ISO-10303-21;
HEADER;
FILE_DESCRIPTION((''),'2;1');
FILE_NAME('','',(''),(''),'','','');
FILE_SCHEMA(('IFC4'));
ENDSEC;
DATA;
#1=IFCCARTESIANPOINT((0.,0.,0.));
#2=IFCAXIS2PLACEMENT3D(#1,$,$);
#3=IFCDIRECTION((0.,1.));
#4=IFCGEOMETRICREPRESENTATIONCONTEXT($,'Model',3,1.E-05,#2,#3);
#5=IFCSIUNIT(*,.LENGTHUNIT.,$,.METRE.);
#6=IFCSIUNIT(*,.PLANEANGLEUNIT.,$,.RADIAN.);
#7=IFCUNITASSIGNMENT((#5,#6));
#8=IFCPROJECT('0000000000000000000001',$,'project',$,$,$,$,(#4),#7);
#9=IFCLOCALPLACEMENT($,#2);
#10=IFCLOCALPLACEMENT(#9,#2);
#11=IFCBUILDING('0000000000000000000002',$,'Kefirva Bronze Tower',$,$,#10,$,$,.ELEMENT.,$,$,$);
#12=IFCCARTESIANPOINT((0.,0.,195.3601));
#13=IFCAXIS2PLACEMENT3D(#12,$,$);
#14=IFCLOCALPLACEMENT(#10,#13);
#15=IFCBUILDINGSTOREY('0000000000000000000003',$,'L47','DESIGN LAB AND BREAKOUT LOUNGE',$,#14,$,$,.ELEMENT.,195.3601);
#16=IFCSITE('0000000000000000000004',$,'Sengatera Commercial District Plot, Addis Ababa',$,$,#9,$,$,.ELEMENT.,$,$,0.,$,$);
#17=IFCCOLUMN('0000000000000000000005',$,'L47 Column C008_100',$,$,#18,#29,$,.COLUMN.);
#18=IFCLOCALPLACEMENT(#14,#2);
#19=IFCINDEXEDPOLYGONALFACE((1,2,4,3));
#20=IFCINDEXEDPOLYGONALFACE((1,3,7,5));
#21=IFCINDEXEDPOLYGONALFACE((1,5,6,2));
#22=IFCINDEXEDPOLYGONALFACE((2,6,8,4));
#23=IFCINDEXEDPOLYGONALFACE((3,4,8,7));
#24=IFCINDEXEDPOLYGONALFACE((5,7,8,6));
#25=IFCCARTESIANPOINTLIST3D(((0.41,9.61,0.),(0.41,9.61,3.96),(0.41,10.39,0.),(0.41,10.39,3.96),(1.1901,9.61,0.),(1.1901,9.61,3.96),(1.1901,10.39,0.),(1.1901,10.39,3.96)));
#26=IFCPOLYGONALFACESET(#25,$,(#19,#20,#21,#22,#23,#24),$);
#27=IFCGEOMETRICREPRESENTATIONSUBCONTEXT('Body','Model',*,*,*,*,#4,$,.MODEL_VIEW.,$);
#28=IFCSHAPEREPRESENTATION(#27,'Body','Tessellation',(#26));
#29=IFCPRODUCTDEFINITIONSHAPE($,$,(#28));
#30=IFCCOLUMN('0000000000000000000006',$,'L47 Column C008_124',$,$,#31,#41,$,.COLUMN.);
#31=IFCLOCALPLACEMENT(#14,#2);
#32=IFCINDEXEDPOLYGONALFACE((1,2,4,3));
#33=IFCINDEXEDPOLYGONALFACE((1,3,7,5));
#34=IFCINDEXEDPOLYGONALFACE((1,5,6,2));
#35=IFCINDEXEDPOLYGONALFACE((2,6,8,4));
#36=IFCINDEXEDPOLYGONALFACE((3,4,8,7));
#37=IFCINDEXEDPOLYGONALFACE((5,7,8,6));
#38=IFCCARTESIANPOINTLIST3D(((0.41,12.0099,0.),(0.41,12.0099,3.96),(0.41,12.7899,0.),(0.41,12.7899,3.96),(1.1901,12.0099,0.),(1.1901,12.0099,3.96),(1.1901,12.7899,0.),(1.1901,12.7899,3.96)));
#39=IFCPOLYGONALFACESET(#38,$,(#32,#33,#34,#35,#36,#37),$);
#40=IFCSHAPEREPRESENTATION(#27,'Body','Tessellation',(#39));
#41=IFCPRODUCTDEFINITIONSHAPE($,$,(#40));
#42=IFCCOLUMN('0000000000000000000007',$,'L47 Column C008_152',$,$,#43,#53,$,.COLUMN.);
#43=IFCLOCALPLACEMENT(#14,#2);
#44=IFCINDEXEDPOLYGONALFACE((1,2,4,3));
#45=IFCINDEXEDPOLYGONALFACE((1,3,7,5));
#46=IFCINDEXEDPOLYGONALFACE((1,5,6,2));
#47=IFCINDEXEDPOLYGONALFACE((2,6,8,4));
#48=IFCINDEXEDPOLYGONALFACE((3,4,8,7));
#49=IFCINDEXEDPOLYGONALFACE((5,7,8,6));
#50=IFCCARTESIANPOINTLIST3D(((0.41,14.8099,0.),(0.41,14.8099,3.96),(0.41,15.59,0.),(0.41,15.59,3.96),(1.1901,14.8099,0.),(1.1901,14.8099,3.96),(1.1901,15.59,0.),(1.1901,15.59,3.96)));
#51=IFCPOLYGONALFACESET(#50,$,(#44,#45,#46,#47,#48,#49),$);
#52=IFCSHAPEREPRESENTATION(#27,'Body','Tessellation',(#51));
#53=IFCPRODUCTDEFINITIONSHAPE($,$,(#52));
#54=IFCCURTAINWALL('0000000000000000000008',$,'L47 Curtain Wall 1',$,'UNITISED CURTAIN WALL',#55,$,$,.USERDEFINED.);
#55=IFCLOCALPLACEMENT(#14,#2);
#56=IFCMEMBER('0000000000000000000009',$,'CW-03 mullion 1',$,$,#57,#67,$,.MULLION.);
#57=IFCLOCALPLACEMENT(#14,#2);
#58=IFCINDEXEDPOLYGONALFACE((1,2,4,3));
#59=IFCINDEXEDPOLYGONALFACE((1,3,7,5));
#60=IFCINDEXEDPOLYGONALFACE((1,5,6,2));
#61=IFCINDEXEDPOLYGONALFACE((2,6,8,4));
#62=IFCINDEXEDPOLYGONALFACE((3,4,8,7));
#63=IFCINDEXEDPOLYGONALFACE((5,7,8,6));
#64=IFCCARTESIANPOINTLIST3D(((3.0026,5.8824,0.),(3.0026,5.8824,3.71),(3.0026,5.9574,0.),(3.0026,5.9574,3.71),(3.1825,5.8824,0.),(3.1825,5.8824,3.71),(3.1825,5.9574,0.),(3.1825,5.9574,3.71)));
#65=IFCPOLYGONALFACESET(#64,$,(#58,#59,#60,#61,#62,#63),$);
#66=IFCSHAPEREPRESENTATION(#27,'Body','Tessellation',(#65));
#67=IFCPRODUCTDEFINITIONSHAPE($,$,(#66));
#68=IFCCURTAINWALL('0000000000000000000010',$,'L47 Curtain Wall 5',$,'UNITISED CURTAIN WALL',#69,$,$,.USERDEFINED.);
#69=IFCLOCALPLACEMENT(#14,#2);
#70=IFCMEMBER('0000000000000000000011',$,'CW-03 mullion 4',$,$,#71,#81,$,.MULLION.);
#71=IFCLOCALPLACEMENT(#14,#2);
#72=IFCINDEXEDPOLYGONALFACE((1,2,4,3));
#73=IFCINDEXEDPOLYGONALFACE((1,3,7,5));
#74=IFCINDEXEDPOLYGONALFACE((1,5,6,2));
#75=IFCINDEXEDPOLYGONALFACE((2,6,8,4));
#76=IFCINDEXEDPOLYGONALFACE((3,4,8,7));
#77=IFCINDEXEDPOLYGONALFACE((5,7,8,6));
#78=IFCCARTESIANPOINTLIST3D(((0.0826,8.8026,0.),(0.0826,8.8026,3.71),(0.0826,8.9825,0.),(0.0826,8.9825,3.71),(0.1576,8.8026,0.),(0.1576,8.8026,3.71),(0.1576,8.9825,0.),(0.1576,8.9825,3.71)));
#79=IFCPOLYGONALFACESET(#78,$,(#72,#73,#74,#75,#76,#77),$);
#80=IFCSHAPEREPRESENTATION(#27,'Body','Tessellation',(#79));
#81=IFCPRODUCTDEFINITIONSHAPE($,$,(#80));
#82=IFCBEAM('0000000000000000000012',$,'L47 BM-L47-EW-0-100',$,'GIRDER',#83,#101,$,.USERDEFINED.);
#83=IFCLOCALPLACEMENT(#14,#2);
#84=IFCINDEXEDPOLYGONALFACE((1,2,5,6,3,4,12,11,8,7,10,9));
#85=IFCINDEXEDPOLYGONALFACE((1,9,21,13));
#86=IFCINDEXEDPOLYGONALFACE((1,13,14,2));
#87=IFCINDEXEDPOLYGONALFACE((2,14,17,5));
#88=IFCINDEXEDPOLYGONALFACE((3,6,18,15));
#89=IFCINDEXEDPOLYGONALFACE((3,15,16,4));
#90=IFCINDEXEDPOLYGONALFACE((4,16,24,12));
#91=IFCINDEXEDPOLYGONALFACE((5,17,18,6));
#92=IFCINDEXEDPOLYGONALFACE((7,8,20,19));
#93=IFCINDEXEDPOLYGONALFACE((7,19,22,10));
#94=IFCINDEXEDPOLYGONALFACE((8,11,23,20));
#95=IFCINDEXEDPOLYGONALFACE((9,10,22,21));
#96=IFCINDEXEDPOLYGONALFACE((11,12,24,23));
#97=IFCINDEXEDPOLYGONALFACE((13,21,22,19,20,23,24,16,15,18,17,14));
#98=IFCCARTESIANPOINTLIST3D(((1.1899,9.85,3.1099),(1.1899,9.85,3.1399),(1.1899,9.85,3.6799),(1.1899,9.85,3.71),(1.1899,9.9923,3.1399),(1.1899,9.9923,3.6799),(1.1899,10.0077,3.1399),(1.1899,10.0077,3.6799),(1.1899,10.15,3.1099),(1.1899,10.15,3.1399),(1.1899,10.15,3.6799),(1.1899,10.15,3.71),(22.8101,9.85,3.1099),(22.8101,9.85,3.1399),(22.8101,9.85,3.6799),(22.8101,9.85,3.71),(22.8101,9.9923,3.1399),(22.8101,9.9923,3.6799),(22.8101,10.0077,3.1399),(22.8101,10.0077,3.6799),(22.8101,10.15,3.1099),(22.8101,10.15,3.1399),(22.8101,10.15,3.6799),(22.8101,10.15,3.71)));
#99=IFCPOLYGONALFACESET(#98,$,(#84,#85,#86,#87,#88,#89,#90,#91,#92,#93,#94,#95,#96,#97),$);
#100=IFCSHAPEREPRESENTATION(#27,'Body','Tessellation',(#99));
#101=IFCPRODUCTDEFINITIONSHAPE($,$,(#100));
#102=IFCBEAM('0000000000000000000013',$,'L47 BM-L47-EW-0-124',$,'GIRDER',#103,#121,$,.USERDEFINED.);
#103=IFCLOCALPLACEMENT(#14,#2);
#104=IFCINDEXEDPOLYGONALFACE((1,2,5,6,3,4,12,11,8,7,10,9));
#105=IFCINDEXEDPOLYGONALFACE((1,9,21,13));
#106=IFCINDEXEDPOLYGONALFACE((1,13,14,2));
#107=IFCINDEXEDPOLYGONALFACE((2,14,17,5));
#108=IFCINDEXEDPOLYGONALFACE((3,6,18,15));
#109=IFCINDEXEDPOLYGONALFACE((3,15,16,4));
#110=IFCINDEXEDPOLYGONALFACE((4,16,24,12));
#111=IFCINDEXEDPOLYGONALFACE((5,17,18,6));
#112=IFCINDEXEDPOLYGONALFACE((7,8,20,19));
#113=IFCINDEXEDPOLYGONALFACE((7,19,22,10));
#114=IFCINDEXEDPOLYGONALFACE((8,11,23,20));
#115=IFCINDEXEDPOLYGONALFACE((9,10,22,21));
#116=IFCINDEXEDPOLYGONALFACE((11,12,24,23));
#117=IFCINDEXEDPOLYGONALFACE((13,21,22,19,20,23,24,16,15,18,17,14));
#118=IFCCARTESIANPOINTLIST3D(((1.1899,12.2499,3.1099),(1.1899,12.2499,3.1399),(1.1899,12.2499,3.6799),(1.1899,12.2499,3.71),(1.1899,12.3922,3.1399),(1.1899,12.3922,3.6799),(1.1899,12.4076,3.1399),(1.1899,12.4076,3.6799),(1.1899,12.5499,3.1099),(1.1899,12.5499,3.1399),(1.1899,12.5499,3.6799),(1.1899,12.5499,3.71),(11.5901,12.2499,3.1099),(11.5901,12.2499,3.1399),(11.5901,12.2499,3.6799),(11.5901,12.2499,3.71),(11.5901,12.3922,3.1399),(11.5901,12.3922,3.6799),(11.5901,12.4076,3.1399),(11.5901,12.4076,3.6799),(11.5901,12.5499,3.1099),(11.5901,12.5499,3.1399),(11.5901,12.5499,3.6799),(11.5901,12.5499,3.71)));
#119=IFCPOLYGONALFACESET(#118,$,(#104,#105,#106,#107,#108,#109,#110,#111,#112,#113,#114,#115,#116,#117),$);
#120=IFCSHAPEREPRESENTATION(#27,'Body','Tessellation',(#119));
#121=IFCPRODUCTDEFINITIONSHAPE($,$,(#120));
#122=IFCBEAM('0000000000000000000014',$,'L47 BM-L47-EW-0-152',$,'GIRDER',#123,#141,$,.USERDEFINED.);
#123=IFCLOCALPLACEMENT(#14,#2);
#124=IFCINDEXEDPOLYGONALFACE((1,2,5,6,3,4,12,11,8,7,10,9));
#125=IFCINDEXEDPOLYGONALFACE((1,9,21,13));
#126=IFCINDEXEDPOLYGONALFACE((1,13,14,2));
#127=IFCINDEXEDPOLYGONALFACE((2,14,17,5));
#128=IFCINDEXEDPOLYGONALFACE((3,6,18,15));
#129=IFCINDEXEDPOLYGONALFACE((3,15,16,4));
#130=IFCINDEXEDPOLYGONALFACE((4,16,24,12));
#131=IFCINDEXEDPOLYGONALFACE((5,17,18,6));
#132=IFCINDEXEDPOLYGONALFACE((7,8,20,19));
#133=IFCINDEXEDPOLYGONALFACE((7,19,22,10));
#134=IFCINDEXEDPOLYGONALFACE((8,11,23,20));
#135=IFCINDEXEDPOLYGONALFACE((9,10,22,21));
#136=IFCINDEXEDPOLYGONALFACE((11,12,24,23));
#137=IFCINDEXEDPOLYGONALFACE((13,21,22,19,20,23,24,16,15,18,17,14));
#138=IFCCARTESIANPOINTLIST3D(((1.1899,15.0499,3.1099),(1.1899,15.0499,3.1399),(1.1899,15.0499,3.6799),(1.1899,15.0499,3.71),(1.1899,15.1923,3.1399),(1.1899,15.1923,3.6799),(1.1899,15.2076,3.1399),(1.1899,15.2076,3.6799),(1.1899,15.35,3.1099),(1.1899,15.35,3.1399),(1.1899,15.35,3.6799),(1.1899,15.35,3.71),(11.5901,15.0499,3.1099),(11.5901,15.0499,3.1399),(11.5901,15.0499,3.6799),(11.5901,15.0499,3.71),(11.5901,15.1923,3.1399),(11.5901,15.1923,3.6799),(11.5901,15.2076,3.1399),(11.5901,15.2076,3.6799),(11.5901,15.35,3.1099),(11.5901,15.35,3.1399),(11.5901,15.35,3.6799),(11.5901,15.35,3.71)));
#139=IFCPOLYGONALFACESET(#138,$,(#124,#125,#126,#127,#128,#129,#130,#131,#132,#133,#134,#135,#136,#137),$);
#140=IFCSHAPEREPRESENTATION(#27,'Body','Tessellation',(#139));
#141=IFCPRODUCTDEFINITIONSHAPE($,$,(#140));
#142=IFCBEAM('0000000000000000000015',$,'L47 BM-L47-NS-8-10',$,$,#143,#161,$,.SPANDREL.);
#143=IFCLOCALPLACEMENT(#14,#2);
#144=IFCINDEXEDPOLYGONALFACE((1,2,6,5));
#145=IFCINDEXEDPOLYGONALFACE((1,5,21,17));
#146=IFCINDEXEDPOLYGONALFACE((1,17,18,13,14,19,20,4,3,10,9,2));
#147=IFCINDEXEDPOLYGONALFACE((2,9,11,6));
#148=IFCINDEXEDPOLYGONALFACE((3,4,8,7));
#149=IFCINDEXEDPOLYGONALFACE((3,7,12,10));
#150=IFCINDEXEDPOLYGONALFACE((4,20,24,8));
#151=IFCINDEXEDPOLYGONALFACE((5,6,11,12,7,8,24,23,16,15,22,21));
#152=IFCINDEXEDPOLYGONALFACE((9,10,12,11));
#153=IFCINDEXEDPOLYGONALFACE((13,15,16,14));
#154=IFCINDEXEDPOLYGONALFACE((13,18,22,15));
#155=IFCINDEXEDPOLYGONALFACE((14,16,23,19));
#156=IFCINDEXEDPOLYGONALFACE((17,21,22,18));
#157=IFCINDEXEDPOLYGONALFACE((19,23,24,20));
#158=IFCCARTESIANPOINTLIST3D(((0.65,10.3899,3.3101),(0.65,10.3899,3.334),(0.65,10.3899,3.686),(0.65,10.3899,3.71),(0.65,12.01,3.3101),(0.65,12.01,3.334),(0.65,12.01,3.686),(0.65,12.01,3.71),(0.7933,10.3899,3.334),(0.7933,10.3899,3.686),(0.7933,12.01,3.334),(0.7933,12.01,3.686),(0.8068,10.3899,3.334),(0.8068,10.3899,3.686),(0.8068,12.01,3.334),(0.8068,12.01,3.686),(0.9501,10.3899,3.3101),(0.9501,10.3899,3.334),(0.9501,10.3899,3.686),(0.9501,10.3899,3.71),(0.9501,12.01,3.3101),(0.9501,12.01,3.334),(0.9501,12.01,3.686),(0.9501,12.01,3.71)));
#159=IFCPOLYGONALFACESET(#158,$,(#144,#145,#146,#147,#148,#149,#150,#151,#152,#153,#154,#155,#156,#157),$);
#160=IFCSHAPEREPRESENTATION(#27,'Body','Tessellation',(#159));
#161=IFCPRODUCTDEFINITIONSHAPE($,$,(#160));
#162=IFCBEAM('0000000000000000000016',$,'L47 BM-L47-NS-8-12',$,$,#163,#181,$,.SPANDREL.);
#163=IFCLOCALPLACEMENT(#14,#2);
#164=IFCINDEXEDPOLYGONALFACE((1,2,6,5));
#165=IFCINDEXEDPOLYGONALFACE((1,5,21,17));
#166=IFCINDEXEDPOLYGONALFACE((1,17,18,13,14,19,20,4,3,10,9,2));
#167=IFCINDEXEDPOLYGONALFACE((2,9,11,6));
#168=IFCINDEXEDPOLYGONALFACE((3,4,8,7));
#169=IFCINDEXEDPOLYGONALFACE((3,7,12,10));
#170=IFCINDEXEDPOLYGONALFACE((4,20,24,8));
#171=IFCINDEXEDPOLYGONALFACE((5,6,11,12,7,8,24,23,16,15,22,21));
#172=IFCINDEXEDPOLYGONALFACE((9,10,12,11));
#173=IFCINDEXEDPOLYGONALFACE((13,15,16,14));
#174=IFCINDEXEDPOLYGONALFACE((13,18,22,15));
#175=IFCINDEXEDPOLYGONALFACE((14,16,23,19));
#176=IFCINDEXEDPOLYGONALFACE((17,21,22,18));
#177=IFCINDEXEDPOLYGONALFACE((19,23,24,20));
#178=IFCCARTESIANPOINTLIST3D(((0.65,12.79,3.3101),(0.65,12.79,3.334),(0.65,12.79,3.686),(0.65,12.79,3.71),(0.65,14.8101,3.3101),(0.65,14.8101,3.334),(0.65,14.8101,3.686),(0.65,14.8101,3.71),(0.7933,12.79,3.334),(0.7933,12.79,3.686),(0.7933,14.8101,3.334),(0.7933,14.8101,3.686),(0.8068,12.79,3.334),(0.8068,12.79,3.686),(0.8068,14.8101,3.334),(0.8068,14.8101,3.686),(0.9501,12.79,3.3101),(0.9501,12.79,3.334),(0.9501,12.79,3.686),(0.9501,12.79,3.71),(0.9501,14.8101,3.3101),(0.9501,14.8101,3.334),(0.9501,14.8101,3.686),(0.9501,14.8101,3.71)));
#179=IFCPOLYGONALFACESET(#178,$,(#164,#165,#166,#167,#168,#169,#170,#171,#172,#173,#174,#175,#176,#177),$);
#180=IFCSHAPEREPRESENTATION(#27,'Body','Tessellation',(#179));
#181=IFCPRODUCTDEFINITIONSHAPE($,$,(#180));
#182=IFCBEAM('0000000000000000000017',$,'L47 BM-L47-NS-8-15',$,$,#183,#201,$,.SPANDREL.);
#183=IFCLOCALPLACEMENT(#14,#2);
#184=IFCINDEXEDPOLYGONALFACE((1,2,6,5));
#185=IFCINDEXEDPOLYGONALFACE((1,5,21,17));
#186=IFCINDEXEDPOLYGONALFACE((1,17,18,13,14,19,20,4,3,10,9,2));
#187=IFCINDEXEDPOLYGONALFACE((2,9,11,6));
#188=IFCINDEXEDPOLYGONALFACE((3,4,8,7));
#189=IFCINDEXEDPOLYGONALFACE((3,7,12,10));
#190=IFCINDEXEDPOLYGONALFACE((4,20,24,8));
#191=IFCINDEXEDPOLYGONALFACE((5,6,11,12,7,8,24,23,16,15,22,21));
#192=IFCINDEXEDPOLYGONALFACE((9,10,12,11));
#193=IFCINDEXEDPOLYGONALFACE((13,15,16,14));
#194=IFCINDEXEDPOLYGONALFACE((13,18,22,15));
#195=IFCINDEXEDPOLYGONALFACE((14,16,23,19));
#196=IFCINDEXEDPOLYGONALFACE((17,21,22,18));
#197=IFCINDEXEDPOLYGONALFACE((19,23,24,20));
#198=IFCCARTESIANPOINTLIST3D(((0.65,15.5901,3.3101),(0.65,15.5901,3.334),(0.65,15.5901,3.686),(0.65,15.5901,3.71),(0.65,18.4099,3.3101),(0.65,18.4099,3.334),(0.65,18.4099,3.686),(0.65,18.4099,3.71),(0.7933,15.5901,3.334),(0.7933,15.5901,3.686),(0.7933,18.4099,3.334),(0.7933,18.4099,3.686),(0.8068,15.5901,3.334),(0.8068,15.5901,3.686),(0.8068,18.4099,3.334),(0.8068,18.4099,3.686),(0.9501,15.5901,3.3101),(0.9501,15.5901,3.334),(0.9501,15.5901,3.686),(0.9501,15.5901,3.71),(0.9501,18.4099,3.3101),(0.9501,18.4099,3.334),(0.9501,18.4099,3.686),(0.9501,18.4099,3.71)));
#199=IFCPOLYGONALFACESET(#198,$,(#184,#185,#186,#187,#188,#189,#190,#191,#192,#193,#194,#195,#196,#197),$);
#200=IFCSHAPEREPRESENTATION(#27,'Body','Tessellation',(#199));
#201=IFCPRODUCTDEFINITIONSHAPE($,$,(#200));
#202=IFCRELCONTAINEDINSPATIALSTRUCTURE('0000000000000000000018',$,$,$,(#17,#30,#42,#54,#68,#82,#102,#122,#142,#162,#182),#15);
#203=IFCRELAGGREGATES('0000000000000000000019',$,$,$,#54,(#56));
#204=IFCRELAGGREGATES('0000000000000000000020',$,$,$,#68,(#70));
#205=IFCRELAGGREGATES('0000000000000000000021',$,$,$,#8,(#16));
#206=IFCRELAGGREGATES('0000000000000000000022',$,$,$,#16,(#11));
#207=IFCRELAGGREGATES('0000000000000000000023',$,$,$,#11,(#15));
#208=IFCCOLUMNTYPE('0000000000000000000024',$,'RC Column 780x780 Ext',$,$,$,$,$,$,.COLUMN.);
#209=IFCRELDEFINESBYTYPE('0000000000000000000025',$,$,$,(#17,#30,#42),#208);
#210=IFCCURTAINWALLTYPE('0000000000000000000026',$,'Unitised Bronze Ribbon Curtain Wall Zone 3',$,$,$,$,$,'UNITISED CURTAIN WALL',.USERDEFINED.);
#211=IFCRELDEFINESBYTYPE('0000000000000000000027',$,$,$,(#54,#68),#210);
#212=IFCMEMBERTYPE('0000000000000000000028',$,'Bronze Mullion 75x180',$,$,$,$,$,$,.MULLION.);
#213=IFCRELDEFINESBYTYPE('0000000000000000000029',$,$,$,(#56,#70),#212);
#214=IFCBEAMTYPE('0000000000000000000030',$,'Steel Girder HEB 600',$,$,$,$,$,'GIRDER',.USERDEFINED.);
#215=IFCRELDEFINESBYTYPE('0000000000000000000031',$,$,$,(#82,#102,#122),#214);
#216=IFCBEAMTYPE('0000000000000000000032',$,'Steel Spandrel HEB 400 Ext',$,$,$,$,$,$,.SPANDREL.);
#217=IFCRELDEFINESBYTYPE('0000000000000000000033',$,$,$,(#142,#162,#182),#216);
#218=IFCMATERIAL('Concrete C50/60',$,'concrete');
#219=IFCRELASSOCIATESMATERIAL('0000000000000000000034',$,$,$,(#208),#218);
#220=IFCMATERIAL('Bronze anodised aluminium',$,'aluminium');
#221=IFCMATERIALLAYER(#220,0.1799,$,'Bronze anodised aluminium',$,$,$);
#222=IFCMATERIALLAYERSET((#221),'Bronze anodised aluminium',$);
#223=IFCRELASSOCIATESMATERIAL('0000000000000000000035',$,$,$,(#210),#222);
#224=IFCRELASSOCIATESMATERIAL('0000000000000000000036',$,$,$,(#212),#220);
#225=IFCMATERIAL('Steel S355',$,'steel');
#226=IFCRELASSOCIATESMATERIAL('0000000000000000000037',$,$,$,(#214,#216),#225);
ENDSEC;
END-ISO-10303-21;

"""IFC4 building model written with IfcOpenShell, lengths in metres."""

from ifc_helpers import new_model, si_unit, direction, frame, origin, origin_2d, place, context, subcontext, project, spatial, rectangle, i_section, extrude, material, layer, layer_set, material_profile, profile_set, type_object, element, aggregate, save


model = new_model("IFC4")

# Units and contexts
model_context = context("Model", 3, precision=1e-05, world=origin(), true_north=direction((0.0, 1.0)))
body_context = subcontext(model_context, "Body", "Model", "MODEL_VIEW")
ifc_project = project(units=[si_unit("LENGTHUNIT", "METRE"), si_unit("PLANEANGLEUNIT", "RADIAN")], contexts=[model_context])

# Site, building, storey
site_placement = place(None, origin())
site = spatial("IfcSite", under=ifc_project, at=site_placement, Name="Sengatera Commercial District Plot, Addis Ababa", CompositionType="ELEMENT", RefElevation=0.0)
building_placement = place(site_placement, origin())
building = spatial("IfcBuilding", under=site, at=building_placement, Name="Kefirva Bronze Tower", CompositionType="ELEMENT")
storey_placement = place(building_placement, frame((0.0, 0.0, 195.3601)))
storey = spatial("IfcBuildingStorey", under=building, at=storey_placement, Name="L47", Description="DESIGN LAB AND BREAKOUT LOUNGE", CompositionType="ELEMENT", Elevation=195.3601)

# Columns
ifc_material_1 = material(Name="Concrete C50/60", Category="concrete")
ifc_material_profile_1 = material_profile(ifc_material_1, rectangle(XDim=0.78, YDim=0.78, at=origin_2d()), Name="RC 780x780")
ifc_profile_set_1 = profile_set([ifc_material_profile_1], Name="Concrete C50/60")
column_type = type_object("IfcColumnType", Name="RC Column 780x780 Ext", PredefinedType="COLUMN", material=ifc_profile_set_1)
for number, where, z_axis, x_axis, name in (
    (1, (0.8, 10.0, 0.0), (0.0, 0.0, 1.0), (1.0, 0.0, 0.0), "L47 Column C008_100"),
    (2, (0.8, 12.3999, 0.0), (0.0, 0.0, 1.0), (1.0, 0.0, 0.0), "L47 Column C008_124"),
    (3, (0.8, 15.2, 0.0), (0.0, 0.0, 1.0), (1.0, 0.0, 0.0), "L47 Column C008_152"),
):
    element("IfcColumn", number, at=place(storey_placement, frame(where, z_axis=z_axis, x_axis=x_axis)), inside=storey, type_object=column_type, Name=name, PredefinedType="COLUMN", context=body_context, shape_type="SweptSolid", body=[
        extrude(rectangle(XDim=0.78, YDim=0.78, at=origin_2d()), origin(), (0.0, 0.0, 1.0), 3.96),
    ])

# Curtain walls, members
ifc_material_2 = material(Name="Bronze anodised aluminium", Category="aluminium")
ifc_layer_1 = layer(ifc_material_2, 0.1799, Name="Bronze anodised aluminium")
ifc_layer_set_1 = layer_set([ifc_layer_1], Name="Bronze anodised aluminium")
curtain_wall_type = type_object("IfcCurtainWallType", Name="Unitised Bronze Ribbon Curtain Wall Zone 3", ElementType="UNITISED CURTAIN WALL", PredefinedType="USERDEFINED", material=ifc_layer_set_1)
curtain_wall_1_placement = place(storey_placement, origin())
curtain_wall_1 = element("IfcCurtainWall", 4, at=curtain_wall_1_placement, inside=storey, type_object=curtain_wall_type, Name="L47 Curtain Wall 1", ObjectType="UNITISED CURTAIN WALL", PredefinedType="USERDEFINED")
ifc_material_profile_2 = material_profile(ifc_material_2, rectangle(XDim=0.075, YDim=0.1799, at=origin_2d()), Name="ALU 75x180")
ifc_profile_set_2 = profile_set([ifc_material_profile_2], Name="Bronze anodised aluminium")
member_type = type_object("IfcMemberType", Name="Bronze Mullion 75x180", PredefinedType="MULLION", material=ifc_profile_set_2)
member_1_placement = place(storey_placement, frame((3.0925, 5.9199, 0.0), z_axis=(0.0, 0.0, 1.0), x_axis=(0.0, 1.0, 0.0)))
member_1 = element("IfcMember", 5, at=member_1_placement, type_object=member_type, Name="CW-03 mullion 1", PredefinedType="MULLION", context=body_context, shape_type="SweptSolid", body=[
    extrude(rectangle(XDim=0.075, YDim=0.1799, at=origin_2d()), origin(), (0.0, 0.0, 1.0), 3.71),
])
aggregate(curtain_wall_1, [member_1])
curtain_wall_2_placement = place(storey_placement, origin())
curtain_wall_2 = element("IfcCurtainWall", 6, at=curtain_wall_2_placement, inside=storey, type_object=curtain_wall_type, Name="L47 Curtain Wall 5", ObjectType="UNITISED CURTAIN WALL", PredefinedType="USERDEFINED")
member_2_placement = place(storey_placement, frame((0.1201, 8.8926, 0.0), z_axis=(0.0, 0.0, 1.0), x_axis=(1.0, 0.0, 0.0)))
member_2 = element("IfcMember", 7, at=member_2_placement, type_object=member_type, Name="CW-03 mullion 4", PredefinedType="MULLION", context=body_context, shape_type="SweptSolid", body=[
    extrude(rectangle(XDim=0.075, YDim=0.1799, at=origin_2d()), origin(), (0.0, 0.0, 1.0), 3.71),
])

# Beams
ifc_material_3 = material(Name="Steel S355", Category="steel")
ifc_material_profile_3 = material_profile(ifc_material_3, i_section(OverallWidth=0.3, OverallDepth=0.6001, WebThickness=0.0154, FlangeThickness=0.03, at=origin_2d()), Name="HEB 600")
ifc_profile_set_3 = profile_set([ifc_material_profile_3], Name="Steel S355")
beam_type_1 = type_object("IfcBeamType", Name="Steel Girder HEB 600", ElementType="GIRDER", PredefinedType="USERDEFINED", material=ifc_profile_set_3)
beam_1_placement = place(storey_placement, frame((1.1899, 10.0, 3.4099), z_axis=(1.0, 0.0, 0.0), x_axis=(0.0, 1.0, 0.0)))
element("IfcBeam", 8, at=beam_1_placement, inside=storey, type_object=beam_type_1, Name="L47 BM-L47-EW-0-100", ObjectType="GIRDER", PredefinedType="USERDEFINED", context=body_context, shape_type="SweptSolid", body=[
    extrude(i_section(OverallWidth=0.3, OverallDepth=0.6001, WebThickness=0.0154, FlangeThickness=0.03, at=origin_2d()), origin(), (0.0, 0.0, 1.0), 21.6201),
])
for number, where, z_axis, x_axis, name in (
    (9, (1.1899, 12.3999, 3.4099), (1.0, 0.0, 0.0), (0.0, 1.0, 0.0), "L47 BM-L47-EW-0-124"),
    (10, (1.1899, 15.2, 3.4099), (1.0, 0.0, 0.0), (0.0, 1.0, 0.0), "L47 BM-L47-EW-0-152"),
):
    element("IfcBeam", number, at=place(storey_placement, frame(where, z_axis=z_axis, x_axis=x_axis)), inside=storey, type_object=beam_type_1, Name=name, ObjectType="GIRDER", PredefinedType="USERDEFINED", context=body_context, shape_type="SweptSolid", body=[
        extrude(i_section(OverallWidth=0.3, OverallDepth=0.6001, WebThickness=0.0154, FlangeThickness=0.03, at=origin_2d()), origin(), (0.0, 0.0, 1.0), 10.4001),
    ])
ifc_material_profile_4 = material_profile(ifc_material_3, i_section(OverallWidth=0.3, OverallDepth=0.3999, WebThickness=0.0134, FlangeThickness=0.0239, at=origin_2d()), Name="HEB 400")
ifc_profile_set_4 = profile_set([ifc_material_profile_4], Name="Steel S355")
beam_type_2 = type_object("IfcBeamType", Name="Steel Spandrel HEB 400 Ext", PredefinedType="SPANDREL", material=ifc_profile_set_4)
beam_2_placement = place(storey_placement, frame((0.8, 10.3899, 3.51), z_axis=(0.0, 1.0, 0.0), x_axis=(-1.0, 0.0, 0.0)))
element("IfcBeam", 11, at=beam_2_placement, inside=storey, type_object=beam_type_2, Name="L47 BM-L47-NS-8-10", PredefinedType="SPANDREL", context=body_context, shape_type="SweptSolid", body=[
    extrude(i_section(OverallWidth=0.3, OverallDepth=0.3999, WebThickness=0.0134, FlangeThickness=0.0239, at=origin_2d()), origin(), (0.0, 0.0, 1.0), 1.6201),
])
beam_3_placement = place(storey_placement, frame((0.8, 12.79, 3.51), z_axis=(0.0, 1.0, 0.0), x_axis=(-1.0, 0.0, 0.0)))
element("IfcBeam", 12, at=beam_3_placement, inside=storey, type_object=beam_type_2, Name="L47 BM-L47-NS-8-12", PredefinedType="SPANDREL", context=body_context, shape_type="SweptSolid", body=[
    extrude(i_section(OverallWidth=0.3, OverallDepth=0.3999, WebThickness=0.0134, FlangeThickness=0.0239, at=origin_2d()), origin(), (0.0, 0.0, 1.0), 2.02),
])
beam_4_placement = place(storey_placement, frame((0.8, 15.5901, 3.51), z_axis=(0.0, 1.0, 0.0), x_axis=(-1.0, 0.0, 0.0)))
element("IfcBeam", 13, at=beam_4_placement, inside=storey, type_object=beam_type_2, Name="L47 BM-L47-NS-8-15", PredefinedType="SPANDREL", context=body_context, shape_type="SweptSolid", body=[
    extrude(i_section(OverallWidth=0.3, OverallDepth=0.3999, WebThickness=0.0134, FlangeThickness=0.0239, at=origin_2d()), origin(), (0.0, 0.0, 1.0), 2.8198),
])

aggregate(curtain_wall_2, [member_2])

save(model, "model.ifc")
